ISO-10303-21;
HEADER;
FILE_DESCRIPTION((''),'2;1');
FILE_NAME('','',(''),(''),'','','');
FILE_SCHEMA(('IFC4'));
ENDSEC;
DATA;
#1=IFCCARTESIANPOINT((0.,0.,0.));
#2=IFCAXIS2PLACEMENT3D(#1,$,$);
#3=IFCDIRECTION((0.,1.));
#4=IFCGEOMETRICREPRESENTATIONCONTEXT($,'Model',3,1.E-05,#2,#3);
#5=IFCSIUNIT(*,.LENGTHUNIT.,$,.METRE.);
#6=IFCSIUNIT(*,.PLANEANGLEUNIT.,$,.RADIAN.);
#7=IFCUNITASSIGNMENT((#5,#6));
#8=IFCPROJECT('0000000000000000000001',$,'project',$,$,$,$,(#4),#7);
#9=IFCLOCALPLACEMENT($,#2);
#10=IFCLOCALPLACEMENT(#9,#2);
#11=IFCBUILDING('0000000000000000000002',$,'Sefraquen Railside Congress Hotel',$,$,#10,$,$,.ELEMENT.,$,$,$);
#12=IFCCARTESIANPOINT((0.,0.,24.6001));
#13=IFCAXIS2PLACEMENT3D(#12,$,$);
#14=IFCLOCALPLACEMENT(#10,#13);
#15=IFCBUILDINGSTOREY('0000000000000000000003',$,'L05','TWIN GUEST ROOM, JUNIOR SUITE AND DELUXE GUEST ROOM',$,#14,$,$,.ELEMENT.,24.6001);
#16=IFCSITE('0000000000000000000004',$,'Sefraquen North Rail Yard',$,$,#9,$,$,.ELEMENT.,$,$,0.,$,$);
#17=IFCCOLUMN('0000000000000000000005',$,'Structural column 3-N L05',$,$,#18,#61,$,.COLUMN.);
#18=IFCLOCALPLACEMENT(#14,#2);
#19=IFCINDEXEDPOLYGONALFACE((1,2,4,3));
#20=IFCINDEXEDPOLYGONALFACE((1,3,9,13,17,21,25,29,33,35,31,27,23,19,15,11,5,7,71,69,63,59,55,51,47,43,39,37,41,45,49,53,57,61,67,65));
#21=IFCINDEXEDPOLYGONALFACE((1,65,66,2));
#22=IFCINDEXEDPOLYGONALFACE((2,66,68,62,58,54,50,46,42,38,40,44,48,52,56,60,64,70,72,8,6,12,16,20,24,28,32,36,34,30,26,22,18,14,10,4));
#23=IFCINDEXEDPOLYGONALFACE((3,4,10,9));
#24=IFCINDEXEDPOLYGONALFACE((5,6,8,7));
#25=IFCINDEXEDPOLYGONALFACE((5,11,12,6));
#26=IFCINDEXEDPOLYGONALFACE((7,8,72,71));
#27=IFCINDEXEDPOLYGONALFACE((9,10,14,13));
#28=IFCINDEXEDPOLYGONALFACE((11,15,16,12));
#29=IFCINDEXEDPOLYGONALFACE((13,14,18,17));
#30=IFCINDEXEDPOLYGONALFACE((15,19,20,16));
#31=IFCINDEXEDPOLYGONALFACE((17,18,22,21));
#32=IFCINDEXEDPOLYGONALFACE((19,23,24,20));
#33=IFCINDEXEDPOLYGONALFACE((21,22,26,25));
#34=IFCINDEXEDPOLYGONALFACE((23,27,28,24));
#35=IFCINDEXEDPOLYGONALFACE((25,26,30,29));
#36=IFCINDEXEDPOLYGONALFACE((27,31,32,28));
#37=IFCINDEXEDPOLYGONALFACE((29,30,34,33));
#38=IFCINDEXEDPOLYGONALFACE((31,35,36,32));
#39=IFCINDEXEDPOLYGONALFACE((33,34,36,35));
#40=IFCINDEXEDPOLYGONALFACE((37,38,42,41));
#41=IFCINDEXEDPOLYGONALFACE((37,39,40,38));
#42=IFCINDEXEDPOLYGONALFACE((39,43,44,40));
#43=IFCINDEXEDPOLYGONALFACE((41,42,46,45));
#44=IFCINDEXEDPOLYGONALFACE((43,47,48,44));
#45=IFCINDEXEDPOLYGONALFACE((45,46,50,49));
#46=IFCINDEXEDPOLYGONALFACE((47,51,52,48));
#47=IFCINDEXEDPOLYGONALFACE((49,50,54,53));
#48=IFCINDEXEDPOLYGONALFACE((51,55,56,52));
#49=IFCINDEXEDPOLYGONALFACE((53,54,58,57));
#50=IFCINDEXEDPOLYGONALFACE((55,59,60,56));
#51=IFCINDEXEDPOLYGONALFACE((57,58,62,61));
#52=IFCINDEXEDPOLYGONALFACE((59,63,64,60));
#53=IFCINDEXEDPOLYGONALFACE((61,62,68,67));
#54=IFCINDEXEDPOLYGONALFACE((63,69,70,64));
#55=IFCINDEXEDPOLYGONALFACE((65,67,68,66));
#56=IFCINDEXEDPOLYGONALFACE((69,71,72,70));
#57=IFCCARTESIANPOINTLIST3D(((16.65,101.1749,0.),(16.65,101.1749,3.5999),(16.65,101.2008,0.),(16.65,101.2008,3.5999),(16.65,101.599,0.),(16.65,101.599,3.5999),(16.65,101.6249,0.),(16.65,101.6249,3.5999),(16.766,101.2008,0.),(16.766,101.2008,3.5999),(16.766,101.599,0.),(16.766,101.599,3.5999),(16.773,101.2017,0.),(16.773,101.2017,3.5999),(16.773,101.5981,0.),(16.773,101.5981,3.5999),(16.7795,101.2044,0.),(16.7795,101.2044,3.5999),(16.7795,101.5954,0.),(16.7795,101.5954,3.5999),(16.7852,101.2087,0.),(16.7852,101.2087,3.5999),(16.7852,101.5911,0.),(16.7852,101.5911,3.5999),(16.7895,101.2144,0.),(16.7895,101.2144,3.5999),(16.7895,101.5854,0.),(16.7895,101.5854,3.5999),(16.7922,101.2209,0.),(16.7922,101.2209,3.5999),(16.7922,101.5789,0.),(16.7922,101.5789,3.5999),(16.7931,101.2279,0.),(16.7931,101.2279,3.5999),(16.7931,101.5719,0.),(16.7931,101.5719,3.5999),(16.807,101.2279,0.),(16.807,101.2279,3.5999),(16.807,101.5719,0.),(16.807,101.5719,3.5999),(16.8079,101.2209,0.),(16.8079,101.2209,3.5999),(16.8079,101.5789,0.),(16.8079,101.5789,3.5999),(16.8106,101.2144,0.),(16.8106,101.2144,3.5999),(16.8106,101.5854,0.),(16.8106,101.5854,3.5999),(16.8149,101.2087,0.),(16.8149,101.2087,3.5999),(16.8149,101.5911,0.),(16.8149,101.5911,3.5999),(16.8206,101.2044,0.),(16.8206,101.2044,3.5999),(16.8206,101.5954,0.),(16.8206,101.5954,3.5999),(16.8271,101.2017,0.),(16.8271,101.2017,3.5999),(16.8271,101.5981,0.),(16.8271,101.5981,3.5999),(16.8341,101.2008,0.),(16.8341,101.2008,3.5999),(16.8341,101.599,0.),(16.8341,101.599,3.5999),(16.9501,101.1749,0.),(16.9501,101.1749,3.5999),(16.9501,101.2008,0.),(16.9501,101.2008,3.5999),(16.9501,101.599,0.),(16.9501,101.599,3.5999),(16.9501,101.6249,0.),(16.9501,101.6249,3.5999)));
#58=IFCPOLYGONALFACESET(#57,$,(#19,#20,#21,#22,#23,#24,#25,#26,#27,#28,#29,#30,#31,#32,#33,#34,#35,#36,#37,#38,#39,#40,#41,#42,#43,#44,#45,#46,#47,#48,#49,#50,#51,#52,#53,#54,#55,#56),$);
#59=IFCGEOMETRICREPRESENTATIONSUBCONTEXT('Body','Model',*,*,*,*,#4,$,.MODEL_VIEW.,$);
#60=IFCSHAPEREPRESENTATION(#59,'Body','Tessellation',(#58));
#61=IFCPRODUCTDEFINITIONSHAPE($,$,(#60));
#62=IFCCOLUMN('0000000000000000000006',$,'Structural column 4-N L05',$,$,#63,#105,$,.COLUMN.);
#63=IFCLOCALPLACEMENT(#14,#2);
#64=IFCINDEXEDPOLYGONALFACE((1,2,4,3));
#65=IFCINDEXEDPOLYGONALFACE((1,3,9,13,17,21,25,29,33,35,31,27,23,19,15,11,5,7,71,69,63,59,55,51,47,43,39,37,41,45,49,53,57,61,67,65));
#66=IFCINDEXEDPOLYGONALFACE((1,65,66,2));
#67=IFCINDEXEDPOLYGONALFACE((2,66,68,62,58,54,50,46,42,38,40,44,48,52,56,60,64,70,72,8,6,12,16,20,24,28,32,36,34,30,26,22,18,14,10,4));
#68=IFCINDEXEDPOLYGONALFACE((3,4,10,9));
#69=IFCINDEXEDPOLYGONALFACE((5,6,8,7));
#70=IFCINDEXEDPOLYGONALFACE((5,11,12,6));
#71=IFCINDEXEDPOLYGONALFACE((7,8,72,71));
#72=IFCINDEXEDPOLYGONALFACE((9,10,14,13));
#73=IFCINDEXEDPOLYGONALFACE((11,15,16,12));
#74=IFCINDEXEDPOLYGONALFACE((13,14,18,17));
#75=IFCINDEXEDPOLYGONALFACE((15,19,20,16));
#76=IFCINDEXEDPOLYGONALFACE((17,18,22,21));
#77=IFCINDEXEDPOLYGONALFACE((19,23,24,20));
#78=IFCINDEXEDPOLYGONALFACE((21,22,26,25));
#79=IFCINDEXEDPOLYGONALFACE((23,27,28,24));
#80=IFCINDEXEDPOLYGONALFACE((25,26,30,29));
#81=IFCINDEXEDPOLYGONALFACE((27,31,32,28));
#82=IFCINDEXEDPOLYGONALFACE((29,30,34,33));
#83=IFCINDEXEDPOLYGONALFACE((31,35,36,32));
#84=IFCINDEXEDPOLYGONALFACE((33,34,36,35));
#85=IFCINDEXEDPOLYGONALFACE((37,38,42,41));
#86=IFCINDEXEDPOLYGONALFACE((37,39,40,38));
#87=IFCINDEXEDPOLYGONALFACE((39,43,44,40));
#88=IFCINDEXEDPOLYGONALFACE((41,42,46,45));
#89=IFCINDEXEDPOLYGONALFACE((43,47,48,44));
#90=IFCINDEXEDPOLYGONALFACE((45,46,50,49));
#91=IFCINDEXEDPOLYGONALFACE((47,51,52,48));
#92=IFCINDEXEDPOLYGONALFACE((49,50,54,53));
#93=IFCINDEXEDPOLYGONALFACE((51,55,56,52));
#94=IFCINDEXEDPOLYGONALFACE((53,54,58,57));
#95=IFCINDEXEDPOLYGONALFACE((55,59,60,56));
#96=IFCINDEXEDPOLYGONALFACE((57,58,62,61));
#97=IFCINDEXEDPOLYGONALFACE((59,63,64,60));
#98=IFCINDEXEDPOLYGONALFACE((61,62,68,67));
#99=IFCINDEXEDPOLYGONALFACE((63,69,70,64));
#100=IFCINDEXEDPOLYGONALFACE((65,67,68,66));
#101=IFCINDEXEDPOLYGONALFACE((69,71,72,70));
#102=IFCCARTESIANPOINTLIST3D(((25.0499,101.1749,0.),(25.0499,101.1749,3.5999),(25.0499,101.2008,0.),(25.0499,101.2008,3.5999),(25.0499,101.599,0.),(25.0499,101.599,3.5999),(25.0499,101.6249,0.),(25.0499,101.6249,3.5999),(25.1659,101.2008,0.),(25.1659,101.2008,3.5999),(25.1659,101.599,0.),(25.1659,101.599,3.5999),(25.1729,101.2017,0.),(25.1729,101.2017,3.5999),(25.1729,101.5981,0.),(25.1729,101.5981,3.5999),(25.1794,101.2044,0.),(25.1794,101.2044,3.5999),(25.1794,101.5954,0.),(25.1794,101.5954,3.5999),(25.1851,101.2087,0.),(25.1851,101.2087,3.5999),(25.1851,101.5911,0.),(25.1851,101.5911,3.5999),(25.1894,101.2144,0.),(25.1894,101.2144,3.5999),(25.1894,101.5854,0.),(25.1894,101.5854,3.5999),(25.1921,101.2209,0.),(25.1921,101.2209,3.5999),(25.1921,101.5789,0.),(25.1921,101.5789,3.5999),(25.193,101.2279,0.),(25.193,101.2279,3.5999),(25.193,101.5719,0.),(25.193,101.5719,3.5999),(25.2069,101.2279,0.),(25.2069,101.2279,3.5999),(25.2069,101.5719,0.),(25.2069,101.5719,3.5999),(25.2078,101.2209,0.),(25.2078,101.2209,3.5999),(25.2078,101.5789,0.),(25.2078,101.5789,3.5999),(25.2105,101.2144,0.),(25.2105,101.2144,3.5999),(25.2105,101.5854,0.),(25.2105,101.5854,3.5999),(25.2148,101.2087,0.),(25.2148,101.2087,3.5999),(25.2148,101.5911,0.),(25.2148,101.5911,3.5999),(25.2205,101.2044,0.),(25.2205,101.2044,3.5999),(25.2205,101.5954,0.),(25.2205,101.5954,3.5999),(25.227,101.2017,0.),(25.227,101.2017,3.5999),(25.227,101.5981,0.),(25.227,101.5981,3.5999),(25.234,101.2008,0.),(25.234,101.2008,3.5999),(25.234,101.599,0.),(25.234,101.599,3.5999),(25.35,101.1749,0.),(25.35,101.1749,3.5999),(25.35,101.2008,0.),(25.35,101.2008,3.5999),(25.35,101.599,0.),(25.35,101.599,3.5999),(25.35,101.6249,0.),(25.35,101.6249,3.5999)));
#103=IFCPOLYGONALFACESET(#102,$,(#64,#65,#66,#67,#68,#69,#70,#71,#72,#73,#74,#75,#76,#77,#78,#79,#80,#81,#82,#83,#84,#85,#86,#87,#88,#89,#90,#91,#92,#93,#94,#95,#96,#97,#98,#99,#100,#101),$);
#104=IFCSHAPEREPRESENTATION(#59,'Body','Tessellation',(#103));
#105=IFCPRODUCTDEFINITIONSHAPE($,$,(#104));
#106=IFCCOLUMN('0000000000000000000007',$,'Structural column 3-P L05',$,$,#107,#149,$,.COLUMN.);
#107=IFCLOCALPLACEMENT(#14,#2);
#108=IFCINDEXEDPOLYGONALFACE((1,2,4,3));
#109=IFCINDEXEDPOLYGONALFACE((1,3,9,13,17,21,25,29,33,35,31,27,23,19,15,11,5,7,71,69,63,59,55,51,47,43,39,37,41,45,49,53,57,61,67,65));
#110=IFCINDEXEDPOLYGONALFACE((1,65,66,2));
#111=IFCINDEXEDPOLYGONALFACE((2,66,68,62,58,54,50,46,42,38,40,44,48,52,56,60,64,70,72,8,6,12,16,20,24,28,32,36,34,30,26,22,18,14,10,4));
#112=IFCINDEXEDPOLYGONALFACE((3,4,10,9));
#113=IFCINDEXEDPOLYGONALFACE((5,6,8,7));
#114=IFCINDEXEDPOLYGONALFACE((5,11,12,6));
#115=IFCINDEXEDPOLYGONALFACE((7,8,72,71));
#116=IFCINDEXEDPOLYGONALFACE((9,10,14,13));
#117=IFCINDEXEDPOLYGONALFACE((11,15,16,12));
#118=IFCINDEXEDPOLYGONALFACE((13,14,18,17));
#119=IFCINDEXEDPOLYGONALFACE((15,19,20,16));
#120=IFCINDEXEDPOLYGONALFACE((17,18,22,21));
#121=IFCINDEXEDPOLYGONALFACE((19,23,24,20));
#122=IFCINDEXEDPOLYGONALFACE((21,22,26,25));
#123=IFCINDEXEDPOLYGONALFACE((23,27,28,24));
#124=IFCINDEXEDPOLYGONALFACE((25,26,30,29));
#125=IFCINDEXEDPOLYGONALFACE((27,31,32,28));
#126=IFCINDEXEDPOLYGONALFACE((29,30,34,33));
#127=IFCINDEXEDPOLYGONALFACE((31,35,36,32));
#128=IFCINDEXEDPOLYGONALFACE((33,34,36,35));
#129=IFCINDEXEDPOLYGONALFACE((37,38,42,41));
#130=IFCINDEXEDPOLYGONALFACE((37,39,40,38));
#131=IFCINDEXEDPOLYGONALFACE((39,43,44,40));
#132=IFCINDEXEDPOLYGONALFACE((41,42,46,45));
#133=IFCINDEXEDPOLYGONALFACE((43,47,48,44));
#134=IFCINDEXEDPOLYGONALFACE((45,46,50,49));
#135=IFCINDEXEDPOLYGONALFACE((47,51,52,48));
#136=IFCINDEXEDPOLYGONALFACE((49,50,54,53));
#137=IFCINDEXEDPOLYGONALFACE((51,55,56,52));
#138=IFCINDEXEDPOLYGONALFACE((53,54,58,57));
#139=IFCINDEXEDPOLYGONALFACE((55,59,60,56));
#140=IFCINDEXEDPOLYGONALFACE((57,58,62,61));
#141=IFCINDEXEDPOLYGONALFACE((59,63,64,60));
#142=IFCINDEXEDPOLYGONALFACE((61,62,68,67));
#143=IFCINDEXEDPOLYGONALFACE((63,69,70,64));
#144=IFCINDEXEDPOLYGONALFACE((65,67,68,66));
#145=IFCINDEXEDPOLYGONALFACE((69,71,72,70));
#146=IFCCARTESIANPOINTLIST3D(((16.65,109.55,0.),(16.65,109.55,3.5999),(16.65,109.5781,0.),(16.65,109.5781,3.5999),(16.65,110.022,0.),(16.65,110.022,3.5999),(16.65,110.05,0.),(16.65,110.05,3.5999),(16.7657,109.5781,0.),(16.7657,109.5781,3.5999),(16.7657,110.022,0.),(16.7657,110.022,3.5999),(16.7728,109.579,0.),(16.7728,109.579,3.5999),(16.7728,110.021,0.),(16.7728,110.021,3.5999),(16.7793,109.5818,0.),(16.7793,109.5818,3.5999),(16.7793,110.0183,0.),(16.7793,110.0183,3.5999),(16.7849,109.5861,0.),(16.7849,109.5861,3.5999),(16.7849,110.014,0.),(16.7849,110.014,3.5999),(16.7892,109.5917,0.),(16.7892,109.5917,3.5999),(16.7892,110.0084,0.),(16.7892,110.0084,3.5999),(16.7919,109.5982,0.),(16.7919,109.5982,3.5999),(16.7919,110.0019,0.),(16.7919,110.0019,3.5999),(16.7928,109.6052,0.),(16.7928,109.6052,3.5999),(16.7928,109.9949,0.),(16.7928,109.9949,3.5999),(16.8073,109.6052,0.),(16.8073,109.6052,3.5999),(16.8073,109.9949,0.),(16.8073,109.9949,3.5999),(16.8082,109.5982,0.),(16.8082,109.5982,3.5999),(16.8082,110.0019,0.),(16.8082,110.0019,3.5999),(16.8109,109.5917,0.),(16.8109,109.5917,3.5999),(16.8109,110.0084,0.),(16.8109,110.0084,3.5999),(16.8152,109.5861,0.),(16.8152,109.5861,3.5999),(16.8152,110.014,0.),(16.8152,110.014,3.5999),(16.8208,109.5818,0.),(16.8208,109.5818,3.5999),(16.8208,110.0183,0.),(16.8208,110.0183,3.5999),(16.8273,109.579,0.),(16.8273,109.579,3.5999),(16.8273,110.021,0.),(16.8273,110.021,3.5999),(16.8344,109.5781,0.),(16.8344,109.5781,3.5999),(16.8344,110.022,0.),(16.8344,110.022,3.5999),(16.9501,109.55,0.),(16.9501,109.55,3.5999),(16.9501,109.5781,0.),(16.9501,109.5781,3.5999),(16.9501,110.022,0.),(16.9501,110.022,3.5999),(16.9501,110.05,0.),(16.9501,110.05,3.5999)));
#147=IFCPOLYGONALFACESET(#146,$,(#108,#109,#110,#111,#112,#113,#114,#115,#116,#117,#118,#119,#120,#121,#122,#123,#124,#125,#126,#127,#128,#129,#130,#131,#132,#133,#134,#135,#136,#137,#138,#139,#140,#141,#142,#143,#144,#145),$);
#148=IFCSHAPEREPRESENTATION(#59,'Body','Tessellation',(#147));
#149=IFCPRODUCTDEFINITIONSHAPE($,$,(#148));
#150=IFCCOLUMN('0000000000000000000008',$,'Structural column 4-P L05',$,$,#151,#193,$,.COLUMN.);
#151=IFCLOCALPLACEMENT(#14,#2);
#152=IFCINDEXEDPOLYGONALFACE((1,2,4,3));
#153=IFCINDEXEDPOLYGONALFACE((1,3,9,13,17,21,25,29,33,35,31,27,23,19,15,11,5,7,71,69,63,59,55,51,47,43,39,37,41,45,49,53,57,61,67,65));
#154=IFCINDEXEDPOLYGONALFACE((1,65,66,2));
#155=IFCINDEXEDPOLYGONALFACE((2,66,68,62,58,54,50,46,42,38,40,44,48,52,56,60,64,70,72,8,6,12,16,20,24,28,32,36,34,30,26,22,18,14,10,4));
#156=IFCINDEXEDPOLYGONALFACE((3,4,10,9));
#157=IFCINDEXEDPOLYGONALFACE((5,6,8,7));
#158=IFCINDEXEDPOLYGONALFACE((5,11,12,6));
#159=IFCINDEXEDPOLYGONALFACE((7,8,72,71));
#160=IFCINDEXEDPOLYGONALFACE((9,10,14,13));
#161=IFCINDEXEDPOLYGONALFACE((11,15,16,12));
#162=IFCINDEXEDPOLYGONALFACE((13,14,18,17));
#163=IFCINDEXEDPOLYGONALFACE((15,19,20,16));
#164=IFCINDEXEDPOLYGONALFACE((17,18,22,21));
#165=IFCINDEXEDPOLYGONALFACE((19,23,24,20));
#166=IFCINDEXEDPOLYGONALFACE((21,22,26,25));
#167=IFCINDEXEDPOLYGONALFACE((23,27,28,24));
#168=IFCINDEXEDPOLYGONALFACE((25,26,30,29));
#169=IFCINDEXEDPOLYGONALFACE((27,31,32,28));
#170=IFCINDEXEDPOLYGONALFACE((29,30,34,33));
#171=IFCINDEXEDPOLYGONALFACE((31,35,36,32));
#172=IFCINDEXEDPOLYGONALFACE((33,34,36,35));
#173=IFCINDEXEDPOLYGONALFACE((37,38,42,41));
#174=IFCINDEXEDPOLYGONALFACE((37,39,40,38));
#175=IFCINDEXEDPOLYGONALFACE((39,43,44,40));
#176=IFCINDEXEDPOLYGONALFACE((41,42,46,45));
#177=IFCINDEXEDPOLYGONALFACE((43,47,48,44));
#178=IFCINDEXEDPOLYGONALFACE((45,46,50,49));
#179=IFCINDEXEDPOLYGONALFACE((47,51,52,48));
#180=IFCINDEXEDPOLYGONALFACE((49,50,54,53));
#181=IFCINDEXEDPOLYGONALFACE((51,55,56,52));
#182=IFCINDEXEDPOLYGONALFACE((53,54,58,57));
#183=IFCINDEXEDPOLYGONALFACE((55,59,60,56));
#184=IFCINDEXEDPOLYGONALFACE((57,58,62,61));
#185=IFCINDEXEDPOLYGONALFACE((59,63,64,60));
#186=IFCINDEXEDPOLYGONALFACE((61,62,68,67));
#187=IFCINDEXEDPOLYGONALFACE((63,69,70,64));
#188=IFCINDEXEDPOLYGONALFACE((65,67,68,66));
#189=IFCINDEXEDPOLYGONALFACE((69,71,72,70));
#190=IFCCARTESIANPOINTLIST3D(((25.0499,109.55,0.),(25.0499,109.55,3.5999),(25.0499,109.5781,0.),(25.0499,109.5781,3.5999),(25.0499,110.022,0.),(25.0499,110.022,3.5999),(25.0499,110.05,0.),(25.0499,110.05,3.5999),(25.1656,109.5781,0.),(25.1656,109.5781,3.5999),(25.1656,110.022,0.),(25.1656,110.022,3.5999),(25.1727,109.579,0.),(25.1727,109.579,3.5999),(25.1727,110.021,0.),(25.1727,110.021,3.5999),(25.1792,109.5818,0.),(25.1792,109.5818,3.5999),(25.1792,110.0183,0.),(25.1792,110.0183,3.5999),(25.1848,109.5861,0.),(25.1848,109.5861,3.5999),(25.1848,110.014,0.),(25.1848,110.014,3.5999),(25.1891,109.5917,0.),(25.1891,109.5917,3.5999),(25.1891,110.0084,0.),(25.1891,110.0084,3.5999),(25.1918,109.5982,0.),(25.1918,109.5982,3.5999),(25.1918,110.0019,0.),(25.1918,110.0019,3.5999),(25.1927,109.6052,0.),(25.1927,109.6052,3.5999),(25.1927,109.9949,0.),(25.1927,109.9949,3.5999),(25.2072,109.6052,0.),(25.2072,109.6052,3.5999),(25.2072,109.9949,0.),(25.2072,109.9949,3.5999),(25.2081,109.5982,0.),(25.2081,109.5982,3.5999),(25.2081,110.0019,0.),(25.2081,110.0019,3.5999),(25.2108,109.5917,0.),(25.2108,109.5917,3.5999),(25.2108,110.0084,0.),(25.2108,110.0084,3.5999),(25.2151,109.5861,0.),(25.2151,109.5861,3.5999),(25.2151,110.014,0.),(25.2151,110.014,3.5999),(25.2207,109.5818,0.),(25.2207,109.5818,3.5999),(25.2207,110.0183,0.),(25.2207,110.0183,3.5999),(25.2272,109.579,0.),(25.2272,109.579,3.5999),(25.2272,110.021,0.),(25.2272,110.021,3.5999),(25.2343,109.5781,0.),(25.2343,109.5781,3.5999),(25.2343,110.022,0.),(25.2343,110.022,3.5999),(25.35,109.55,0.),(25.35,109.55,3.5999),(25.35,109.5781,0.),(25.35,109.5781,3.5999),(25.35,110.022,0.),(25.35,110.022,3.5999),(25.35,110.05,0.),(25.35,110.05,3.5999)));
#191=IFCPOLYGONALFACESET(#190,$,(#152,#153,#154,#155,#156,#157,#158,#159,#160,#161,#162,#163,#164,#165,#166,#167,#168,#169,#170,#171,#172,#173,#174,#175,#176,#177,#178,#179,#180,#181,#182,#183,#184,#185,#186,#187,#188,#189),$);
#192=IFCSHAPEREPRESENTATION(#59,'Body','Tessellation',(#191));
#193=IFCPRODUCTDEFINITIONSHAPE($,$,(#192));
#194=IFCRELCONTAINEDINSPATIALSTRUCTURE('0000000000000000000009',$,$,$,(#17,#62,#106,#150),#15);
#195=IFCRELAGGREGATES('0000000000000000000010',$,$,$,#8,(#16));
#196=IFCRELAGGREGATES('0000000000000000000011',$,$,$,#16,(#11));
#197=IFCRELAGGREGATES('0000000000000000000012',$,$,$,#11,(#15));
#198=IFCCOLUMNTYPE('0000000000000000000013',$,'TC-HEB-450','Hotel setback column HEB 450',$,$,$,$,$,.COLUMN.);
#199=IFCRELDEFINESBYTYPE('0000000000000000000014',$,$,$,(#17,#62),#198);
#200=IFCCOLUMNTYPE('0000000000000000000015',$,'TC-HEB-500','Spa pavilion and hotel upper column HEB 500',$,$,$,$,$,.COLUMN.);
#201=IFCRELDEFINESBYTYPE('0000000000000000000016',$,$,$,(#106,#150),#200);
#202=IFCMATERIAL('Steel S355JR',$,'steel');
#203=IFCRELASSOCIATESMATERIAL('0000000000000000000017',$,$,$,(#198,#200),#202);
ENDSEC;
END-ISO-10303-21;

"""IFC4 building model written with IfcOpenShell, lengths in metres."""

from ifc_helpers import new_model, si_unit, direction, frame, origin, origin_2d, place, context, subcontext, project, spatial, i_section, extrude, material, material_profile, profile_set, type_object, element, save


model = new_model("IFC4")

# Units and contexts
model_context = context("Model", 3, precision=1e-05, world=origin(), true_north=direction((0.0, 1.0)))
body_context = subcontext(model_context, "Body", "Model", "MODEL_VIEW")
ifc_project = project(units=[si_unit("LENGTHUNIT", "METRE"), si_unit("PLANEANGLEUNIT", "RADIAN")], contexts=[model_context])

# Site, building, storey
site_placement = place(None, origin())
site = spatial("IfcSite", under=ifc_project, at=site_placement, Name="Sefraquen North Rail Yard", CompositionType="ELEMENT", RefElevation=0.0)
building_placement = place(site_placement, origin())
building = spatial("IfcBuilding", under=site, at=building_placement, Name="Sefraquen Railside Congress Hotel", CompositionType="ELEMENT")
storey_placement = place(building_placement, frame((0.0, 0.0, 24.6001)))
storey = spatial("IfcBuildingStorey", under=building, at=storey_placement, Name="L05", Description="TWIN GUEST ROOM, JUNIOR SUITE AND DELUXE GUEST ROOM", CompositionType="ELEMENT", Elevation=24.6001)

# Columns
ifc_material_1 = material(Name="Steel S355JR", Category="steel")
ifc_material_profile_1 = material_profile(ifc_material_1, i_section(OverallWidth=0.3, OverallDepth=0.45, WebThickness=0.0139, FlangeThickness=0.0259, FilletRadius=0.0271, at=origin_2d()), Name="HEB 450")
ifc_profile_set_1 = profile_set([ifc_material_profile_1], Name="Steel S355JR")
column_type_1 = type_object("IfcColumnType", Name="TC-HEB-450", Description="Hotel setback column HEB 450", PredefinedType="COLUMN", material=ifc_profile_set_1)
for number, where, z_axis, x_axis, name in (
    (1, (16.8, 101.3999, 0.0), (0.0, 0.0, 1.0), (1.0, 0.0, 0.0), "Structural column 3-N L05"),
    (2, (25.2, 101.3999, 0.0), (0.0, 0.0, 1.0), (1.0, 0.0, 0.0), "Structural column 4-N L05"),
):
    element("IfcColumn", number, at=place(storey_placement, frame(where, z_axis=z_axis, x_axis=x_axis)), inside=storey, type_object=column_type_1, Name=name, PredefinedType="COLUMN", context=body_context, shape_type="SweptSolid", body=[
        extrude(i_section(OverallWidth=0.3, OverallDepth=0.45, WebThickness=0.0139, FlangeThickness=0.0259, FilletRadius=0.0271, at=origin_2d()), origin(), (0.0, 0.0, 1.0), 3.5999),
    ])
ifc_material_profile_2 = material_profile(ifc_material_1, i_section(OverallWidth=0.3, OverallDepth=0.5, WebThickness=0.0144, FlangeThickness=0.0281, FilletRadius=0.0271, at=origin_2d()), Name="HEB 500")
ifc_profile_set_2 = profile_set([ifc_material_profile_2], Name="Steel S355JR")
column_type_2 = type_object("IfcColumnType", Name="TC-HEB-500", Description="Spa pavilion and hotel upper column HEB 500", PredefinedType="COLUMN", material=ifc_profile_set_2)
for number, where, z_axis, x_axis, name in (
    (3, (16.8, 109.8, 0.0), (0.0, 0.0, 1.0), (1.0, 0.0, 0.0), "Structural column 3-P L05"),
    (4, (25.2, 109.8, 0.0), (0.0, 0.0, 1.0), (1.0, 0.0, 0.0), "Structural column 4-P L05"),
):
    element("IfcColumn", number, at=place(storey_placement, frame(where, z_axis=z_axis, x_axis=x_axis)), inside=storey, type_object=column_type_2, Name=name, PredefinedType="COLUMN", context=body_context, shape_type="SweptSolid", body=[
        extrude(i_section(OverallWidth=0.3, OverallDepth=0.5, WebThickness=0.0144, FlangeThickness=0.0281, FilletRadius=0.0271, at=origin_2d()), origin(), (0.0, 0.0, 1.0), 3.5999),
    ])

save(model, "model.ifc")
